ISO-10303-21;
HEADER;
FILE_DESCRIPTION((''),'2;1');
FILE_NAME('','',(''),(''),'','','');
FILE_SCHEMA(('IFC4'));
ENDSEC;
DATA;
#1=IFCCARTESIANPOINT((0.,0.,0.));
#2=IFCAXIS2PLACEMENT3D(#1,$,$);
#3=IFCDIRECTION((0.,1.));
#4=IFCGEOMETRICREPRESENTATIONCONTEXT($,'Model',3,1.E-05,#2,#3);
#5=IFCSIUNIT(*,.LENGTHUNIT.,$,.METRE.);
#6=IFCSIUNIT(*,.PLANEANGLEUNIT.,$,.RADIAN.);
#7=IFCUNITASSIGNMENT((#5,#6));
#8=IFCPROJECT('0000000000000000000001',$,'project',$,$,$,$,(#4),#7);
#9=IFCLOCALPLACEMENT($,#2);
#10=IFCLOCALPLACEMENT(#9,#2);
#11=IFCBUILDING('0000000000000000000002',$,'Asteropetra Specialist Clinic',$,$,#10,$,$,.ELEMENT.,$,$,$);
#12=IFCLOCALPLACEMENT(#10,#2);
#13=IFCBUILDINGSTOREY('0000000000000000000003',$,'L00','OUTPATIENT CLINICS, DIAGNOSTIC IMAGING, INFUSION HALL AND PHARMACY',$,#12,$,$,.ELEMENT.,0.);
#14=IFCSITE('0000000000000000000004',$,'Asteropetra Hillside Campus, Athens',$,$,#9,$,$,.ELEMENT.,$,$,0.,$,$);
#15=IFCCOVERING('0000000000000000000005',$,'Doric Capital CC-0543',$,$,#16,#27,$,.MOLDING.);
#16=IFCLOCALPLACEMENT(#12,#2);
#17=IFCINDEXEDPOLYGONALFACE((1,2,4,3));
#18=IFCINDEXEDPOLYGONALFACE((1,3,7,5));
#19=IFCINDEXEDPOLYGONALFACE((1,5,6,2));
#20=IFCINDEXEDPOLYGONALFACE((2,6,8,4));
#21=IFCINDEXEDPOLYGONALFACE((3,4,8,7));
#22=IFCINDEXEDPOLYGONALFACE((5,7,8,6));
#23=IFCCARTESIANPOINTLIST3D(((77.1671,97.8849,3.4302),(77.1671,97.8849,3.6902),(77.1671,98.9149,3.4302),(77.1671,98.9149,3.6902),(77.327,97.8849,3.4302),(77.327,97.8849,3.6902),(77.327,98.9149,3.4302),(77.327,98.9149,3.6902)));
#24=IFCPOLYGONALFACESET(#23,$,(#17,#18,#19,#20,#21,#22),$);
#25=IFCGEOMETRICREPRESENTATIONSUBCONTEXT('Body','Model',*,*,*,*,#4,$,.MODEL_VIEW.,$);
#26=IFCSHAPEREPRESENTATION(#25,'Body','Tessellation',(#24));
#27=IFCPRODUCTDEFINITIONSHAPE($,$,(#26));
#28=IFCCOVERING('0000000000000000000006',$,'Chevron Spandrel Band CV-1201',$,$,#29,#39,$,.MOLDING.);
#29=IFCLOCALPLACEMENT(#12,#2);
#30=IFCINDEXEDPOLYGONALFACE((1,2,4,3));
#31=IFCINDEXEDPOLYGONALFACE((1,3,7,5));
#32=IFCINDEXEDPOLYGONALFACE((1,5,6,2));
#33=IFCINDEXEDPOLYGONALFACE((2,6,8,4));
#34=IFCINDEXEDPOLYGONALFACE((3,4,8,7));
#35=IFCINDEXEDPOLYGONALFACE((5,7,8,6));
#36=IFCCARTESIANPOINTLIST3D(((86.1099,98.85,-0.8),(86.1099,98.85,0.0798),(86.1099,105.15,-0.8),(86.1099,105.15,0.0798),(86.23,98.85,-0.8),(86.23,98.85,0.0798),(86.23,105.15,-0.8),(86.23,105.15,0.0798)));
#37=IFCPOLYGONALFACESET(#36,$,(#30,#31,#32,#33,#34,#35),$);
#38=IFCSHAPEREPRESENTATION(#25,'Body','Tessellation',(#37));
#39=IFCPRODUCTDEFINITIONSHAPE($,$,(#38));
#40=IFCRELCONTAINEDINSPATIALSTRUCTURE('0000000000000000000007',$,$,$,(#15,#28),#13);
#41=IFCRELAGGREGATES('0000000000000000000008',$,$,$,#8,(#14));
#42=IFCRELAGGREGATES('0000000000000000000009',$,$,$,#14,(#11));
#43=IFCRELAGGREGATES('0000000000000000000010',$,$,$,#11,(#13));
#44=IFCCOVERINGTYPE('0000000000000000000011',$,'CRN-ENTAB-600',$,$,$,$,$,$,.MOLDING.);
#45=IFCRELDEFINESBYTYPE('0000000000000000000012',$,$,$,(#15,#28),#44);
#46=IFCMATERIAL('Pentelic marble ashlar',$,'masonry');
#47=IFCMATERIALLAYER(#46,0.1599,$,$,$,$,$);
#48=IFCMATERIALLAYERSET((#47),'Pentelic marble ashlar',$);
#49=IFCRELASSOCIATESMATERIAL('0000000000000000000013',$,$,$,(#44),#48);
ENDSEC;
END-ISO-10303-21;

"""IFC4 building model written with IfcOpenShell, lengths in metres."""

from ifc_helpers import new_model, si_unit, direction, frame, origin, origin_2d, place, context, subcontext, project, spatial, rectangle, extrude, material, layer, layer_set, type_object, element, save


model = new_model("IFC4")

# Units and contexts
model_context = context("Model", 3, precision=1e-05, world=origin(), true_north=direction((0.0, 1.0)))
body_context = subcontext(model_context, "Body", "Model", "MODEL_VIEW")
ifc_project = project(units=[si_unit("LENGTHUNIT", "METRE"), si_unit("PLANEANGLEUNIT", "RADIAN")], contexts=[model_context])

# Site, building, storey
site_placement = place(None, origin())
site = spatial("IfcSite", under=ifc_project, at=site_placement, Name="Asteropetra Hillside Campus, Athens", CompositionType="ELEMENT", RefElevation=0.0)
building_placement = place(site_placement, origin())
building = spatial("IfcBuilding", under=site, at=building_placement, Name="Asteropetra Specialist Clinic", CompositionType="ELEMENT")
storey_placement = place(building_placement, origin())
storey = spatial("IfcBuildingStorey", under=building, at=storey_placement, Name="L00", Description="OUTPATIENT CLINICS, DIAGNOSTIC IMAGING, INFUSION HALL AND PHARMACY", CompositionType="ELEMENT", Elevation=0.0)

# Coverings
ifc_material_1 = material(Name="Pentelic marble ashlar", Category="masonry")
ifc_layer_1 = layer(ifc_material_1, 0.1599)
ifc_layer_set_1 = layer_set([ifc_layer_1], Name="Pentelic marble ashlar")
covering_type = type_object("IfcCoveringType", Name="CRN-ENTAB-600", PredefinedType="MOLDING", material=ifc_layer_set_1)
for number, where, z_axis, x_axis, name in (
    (1, (77.2471, 98.3999, 3.4302), (0.0, 0.0, 1.0), (1.0, 0.0, 0.0), "Doric Capital CC-0543"),
):
    element("IfcCovering", number, at=place(storey_placement, frame(where, z_axis=z_axis, x_axis=x_axis)), inside=storey, type_object=covering_type, Name=name, PredefinedType="MOLDING", context=body_context, shape_type="SweptSolid", body=[
        extrude(rectangle(XDim=0.1599, YDim=1.03, at=origin_2d()), origin(), (0.0, 0.0, 1.0), 0.26),
    ])
covering_1_placement = place(storey_placement, frame((86.1699, 102.0, -0.8), z_axis=(0.0, 0.0, 1.0), x_axis=(1.0, 0.0, 0.0)))
element("IfcCovering", 2, at=covering_1_placement, inside=storey, type_object=covering_type, Name="Chevron Spandrel Band CV-1201", PredefinedType="MOLDING", context=body_context, shape_type="SweptSolid", body=[
    extrude(rectangle(XDim=0.1201, YDim=6.3, at=origin_2d()), origin(), (0.0, 0.0, 1.0), 0.8799),
])

save(model, "model.ifc")
